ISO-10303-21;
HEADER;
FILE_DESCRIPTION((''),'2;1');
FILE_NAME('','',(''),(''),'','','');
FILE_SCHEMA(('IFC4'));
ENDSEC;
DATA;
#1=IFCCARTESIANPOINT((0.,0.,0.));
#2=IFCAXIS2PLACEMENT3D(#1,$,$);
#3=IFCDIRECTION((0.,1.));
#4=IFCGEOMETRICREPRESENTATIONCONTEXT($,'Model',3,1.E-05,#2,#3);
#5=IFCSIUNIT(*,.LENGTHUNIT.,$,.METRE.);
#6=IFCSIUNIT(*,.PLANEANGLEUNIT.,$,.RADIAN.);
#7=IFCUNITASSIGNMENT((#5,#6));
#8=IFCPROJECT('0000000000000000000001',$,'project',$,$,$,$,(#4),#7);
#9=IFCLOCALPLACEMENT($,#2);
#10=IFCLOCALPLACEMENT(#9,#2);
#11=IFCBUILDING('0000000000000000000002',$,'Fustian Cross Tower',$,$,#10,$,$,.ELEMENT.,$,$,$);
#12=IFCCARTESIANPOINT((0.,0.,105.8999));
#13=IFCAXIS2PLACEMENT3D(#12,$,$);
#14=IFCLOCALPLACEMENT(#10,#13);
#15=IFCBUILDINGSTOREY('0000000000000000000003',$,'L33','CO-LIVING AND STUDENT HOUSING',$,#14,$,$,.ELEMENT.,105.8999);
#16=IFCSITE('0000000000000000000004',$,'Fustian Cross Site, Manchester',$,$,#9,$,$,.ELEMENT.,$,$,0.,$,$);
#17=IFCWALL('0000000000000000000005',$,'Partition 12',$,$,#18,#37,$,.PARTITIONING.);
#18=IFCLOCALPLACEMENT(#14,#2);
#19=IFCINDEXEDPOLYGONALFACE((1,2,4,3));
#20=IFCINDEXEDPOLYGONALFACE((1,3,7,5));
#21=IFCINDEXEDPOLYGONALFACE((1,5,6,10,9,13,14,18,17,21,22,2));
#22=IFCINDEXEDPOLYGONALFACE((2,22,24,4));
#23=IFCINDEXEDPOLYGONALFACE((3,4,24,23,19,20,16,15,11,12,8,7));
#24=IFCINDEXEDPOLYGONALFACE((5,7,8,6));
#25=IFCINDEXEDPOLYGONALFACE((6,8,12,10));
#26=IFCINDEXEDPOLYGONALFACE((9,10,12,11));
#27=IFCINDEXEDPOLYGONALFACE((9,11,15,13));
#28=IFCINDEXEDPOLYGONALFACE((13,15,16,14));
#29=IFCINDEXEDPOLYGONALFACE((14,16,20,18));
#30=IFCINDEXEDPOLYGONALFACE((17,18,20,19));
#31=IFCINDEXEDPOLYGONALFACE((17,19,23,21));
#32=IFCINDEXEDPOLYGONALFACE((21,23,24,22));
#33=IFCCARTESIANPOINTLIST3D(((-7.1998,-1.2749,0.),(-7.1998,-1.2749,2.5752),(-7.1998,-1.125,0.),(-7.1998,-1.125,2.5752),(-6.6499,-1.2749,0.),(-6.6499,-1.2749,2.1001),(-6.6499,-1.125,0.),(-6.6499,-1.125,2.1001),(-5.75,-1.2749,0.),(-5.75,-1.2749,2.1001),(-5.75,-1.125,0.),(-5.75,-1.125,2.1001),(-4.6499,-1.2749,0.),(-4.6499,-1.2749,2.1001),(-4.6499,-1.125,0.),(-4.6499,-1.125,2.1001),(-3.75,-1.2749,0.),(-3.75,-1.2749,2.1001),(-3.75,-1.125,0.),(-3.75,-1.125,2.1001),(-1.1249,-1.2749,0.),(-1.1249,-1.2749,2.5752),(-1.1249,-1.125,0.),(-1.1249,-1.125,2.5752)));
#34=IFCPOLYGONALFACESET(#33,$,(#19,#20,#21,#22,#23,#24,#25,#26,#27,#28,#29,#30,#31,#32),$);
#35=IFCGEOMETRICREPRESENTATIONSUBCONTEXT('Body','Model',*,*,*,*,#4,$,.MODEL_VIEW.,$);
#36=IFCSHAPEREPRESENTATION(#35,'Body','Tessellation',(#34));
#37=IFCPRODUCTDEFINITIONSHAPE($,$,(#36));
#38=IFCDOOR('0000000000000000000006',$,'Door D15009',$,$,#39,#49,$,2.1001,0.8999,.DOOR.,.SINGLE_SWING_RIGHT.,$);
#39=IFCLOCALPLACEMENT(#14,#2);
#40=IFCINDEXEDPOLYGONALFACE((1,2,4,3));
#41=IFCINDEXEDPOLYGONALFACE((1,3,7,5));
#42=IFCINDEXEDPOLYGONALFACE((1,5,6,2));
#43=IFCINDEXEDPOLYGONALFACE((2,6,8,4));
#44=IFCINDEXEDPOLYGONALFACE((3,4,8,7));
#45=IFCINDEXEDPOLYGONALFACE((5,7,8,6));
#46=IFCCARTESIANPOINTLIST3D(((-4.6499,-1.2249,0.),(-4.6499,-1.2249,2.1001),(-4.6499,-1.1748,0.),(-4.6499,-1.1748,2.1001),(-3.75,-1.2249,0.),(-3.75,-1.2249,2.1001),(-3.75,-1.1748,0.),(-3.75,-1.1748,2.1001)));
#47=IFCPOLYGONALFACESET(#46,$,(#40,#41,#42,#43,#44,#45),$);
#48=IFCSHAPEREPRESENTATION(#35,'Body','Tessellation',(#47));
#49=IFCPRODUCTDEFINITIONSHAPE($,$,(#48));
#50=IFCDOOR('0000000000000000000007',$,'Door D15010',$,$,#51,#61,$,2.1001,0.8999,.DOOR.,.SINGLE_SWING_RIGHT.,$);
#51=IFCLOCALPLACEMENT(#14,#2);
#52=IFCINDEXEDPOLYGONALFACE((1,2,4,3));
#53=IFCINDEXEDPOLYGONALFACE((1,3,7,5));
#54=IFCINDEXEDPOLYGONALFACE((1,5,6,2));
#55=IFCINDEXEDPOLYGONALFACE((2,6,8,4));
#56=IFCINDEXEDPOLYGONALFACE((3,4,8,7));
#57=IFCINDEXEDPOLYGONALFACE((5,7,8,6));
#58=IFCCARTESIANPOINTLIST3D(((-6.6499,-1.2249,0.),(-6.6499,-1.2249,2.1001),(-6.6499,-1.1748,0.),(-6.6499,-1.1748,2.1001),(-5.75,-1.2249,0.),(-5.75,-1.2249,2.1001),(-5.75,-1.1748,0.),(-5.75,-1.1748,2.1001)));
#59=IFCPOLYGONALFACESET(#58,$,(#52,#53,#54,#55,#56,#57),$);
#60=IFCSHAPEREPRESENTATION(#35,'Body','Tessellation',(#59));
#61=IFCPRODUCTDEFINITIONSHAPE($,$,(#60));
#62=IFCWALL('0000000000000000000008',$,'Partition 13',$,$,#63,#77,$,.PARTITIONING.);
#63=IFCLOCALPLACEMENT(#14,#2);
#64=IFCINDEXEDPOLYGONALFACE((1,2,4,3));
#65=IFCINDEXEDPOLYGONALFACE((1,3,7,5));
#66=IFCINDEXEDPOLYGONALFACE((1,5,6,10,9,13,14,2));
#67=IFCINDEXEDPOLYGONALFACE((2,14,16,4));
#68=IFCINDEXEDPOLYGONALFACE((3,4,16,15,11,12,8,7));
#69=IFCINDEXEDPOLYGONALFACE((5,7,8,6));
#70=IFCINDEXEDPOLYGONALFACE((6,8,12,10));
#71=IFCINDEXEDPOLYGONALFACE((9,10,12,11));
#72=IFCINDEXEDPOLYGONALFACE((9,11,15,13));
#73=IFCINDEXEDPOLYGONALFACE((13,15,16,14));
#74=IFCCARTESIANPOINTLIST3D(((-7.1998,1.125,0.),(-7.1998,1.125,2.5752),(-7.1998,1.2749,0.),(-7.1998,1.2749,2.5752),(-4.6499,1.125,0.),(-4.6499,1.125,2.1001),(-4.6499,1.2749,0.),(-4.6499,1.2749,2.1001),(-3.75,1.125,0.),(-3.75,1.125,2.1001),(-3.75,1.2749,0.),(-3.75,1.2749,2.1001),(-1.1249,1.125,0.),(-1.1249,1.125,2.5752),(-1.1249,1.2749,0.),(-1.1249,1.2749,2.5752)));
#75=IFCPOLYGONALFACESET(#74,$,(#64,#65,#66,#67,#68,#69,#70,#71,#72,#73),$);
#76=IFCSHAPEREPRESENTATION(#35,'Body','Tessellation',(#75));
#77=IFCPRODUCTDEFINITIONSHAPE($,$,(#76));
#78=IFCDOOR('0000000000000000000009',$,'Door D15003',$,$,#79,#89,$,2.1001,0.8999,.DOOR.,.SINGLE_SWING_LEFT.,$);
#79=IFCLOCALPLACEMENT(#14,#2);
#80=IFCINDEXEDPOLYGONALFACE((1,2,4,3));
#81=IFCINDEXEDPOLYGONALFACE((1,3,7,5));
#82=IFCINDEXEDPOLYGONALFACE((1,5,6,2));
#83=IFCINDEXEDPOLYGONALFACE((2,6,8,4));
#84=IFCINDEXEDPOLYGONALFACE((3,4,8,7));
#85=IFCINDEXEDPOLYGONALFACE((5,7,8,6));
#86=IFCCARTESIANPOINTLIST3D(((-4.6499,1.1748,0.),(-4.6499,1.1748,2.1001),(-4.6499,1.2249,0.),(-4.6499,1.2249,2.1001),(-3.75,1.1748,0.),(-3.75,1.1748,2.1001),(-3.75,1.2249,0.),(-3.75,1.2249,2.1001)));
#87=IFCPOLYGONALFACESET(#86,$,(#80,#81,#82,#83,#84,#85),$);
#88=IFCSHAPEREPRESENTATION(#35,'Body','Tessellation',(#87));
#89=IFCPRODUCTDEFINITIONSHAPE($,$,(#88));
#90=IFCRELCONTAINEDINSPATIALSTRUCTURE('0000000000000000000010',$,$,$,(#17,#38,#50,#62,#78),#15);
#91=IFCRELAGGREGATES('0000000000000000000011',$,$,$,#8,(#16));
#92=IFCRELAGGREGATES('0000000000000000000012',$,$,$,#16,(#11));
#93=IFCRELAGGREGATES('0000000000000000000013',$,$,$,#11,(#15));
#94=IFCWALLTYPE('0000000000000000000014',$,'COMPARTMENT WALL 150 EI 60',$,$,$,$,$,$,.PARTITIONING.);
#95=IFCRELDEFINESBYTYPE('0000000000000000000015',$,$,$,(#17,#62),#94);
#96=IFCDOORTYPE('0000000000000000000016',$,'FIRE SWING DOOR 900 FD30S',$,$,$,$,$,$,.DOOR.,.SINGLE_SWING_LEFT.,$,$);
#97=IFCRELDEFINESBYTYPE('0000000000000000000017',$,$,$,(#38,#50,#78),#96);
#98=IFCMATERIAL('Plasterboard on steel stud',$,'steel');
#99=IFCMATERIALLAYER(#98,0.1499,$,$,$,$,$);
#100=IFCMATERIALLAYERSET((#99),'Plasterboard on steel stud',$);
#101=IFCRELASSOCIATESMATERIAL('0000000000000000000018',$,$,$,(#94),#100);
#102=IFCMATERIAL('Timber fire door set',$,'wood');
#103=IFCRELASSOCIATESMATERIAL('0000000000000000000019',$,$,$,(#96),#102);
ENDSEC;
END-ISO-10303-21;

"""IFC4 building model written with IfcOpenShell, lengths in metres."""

from ifc_helpers import new_model, si_unit, direction, frame, frame_2d, origin, place, context, subcontext, project, spatial, rectangle, extrude, material, layer, layer_set, type_object, element, fill, save


model = new_model("IFC4")

# Units and contexts
model_context = context("Model", 3, precision=1e-05, world=origin(), true_north=direction((0.0, 1.0)))
body_context = subcontext(model_context, "Body", "Model", "MODEL_VIEW")
ifc_project = project(units=[si_unit("LENGTHUNIT", "METRE"), si_unit("PLANEANGLEUNIT", "RADIAN")], contexts=[model_context])

# Site, building, storey
site_placement = place(None, origin())
site = spatial("IfcSite", under=ifc_project, at=site_placement, Name="Fustian Cross Site, Manchester", CompositionType="ELEMENT", RefElevation=0.0)
building_placement = place(site_placement, origin())
building = spatial("IfcBuilding", under=site, at=building_placement, Name="Fustian Cross Tower", CompositionType="ELEMENT")
storey_placement = place(building_placement, frame((0.0, 0.0, 105.8999)))
storey = spatial("IfcBuildingStorey", under=building, at=storey_placement, Name="L33", Description="CO-LIVING AND STUDENT HOUSING", CompositionType="ELEMENT", Elevation=105.8999)

# Wall, openings, doors
ifc_material_1 = material(Name="Plasterboard on steel stud", Category="steel")
ifc_layer_1 = layer(ifc_material_1, 0.1499)
ifc_layer_set_1 = layer_set([ifc_layer_1], Name="Plasterboard on steel stud")
wall_type_1 = type_object("IfcWallType", Name="COMPARTMENT WALL 150 EI 60", PredefinedType="PARTITIONING", material=ifc_layer_set_1)
wall_1_placement = place(storey_placement, frame((-7.2, -1.2, 0.0), z_axis=(0.0, 0.0, 1.0), x_axis=(1.0, 0.0, 0.0)))
wall_1 = element("IfcWall", 1, at=wall_1_placement, inside=storey, type_object=wall_type_1, Name="Partition 12", PredefinedType="PARTITIONING", context=body_context, shape_type="SweptSolid", body=[
    extrude(rectangle(XDim=6.075, YDim=0.1499, at=frame_2d((3.0376, 0.0))), origin(), (0.0, 0.0, 1.0), 2.5752),
])
opening_1_placement = place(wall_1_placement, frame((2.55, 0.0, 0.0)))
opening_1 = element("IfcOpeningElement", 2, at=opening_1_placement, cuts=wall_1, PredefinedType="OPENING", context=body_context, shape_type="SweptSolid", body=[
    extrude(rectangle(XDim=0.8999, YDim=2.1001, at=frame_2d((0.45, 1.05))), frame((0.0, 0.085, 0.0), z_axis=(0.0, -1.0, 0.0), x_axis=(1.0, 0.0, 0.0)), (0.0, 0.0, 1.0), 0.1699),
])
opening_2_placement = place(wall_1_placement, frame((0.55, 0.0, 0.0)))
opening_2 = element("IfcOpeningElement", 3, at=opening_2_placement, cuts=wall_1, PredefinedType="OPENING", context=body_context, shape_type="SweptSolid", body=[
    extrude(rectangle(XDim=0.8999, YDim=2.1001, at=frame_2d((0.45, 1.05))), frame((0.0, 0.085, 0.0), z_axis=(0.0, -1.0, 0.0), x_axis=(1.0, 0.0, 0.0)), (0.0, 0.0, 1.0), 0.1699),
])
ifc_material_2 = material(Name="Timber fire door set", Category="wood")
door_type_1 = type_object("IfcDoorType", Name="FIRE SWING DOOR 900 FD30S", OperationType="SINGLE_SWING_LEFT", PredefinedType="DOOR", material=ifc_material_2)
door_1_placement = place(opening_1_placement, frame((0.8999, 0.0, 0.0), z_axis=(0.0, 0.0, 1.0), x_axis=(-1.0, 0.0, 0.0)))
door_1 = element("IfcDoor", 4, at=door_1_placement, inside=storey, type_object=door_type_1, Name="Door D15009", OperationType="SINGLE_SWING_RIGHT", OverallHeight=2.1001, OverallWidth=0.8999, PredefinedType="DOOR", context=body_context, shape_type="SweptSolid", body=[
    extrude(rectangle(XDim=0.8999, YDim=2.1001, at=frame_2d((0.45, 1.05))), frame((0.0, 0.0249, 0.0), z_axis=(0.0, -1.0, 0.0), x_axis=(1.0, 0.0, 0.0)), (0.0, 0.0, 1.0), 0.05),
])
fill(opening_1, door_1)
door_2_placement = place(opening_2_placement, frame((0.8999, 0.0, 0.0), z_axis=(0.0, 0.0, 1.0), x_axis=(-1.0, 0.0, 0.0)))
door_2 = element("IfcDoor", 5, at=door_2_placement, inside=storey, type_object=door_type_1, Name="Door D15010", OperationType="SINGLE_SWING_RIGHT", OverallHeight=2.1001, OverallWidth=0.8999, PredefinedType="DOOR", context=body_context, shape_type="SweptSolid", body=[
    extrude(rectangle(XDim=0.8999, YDim=2.1001, at=frame_2d((0.45, 1.05))), frame((0.0, 0.0249, 0.0), z_axis=(0.0, -1.0, 0.0), x_axis=(1.0, 0.0, 0.0)), (0.0, 0.0, 1.0), 0.05),
])
fill(opening_2, door_2)

# Wall, opening, door
wall_2_placement = place(storey_placement, frame((-7.2, 1.2, 0.0), z_axis=(0.0, 0.0, 1.0), x_axis=(1.0, 0.0, 0.0)))
wall_2 = element("IfcWall", 6, at=wall_2_placement, inside=storey, type_object=wall_type_1, Name="Partition 13", PredefinedType="PARTITIONING", context=body_context, shape_type="SweptSolid", body=[
    extrude(rectangle(XDim=6.075, YDim=0.1499, at=frame_2d((3.0376, 0.0))), origin(), (0.0, 0.0, 1.0), 2.5752),
])
opening_3_placement = place(wall_2_placement, frame((2.55, 0.0, 0.0)))
opening_3 = element("IfcOpeningElement", 7, at=opening_3_placement, cuts=wall_2, PredefinedType="OPENING", context=body_context, shape_type="SweptSolid", body=[
    extrude(rectangle(XDim=0.8999, YDim=2.1001, at=frame_2d((0.45, 1.05))), frame((0.0, 0.085, 0.0), z_axis=(0.0, -1.0, 0.0), x_axis=(1.0, 0.0, 0.0)), (0.0, 0.0, 1.0), 0.1699),
])
door_3_placement = place(opening_3_placement, origin())
door_3 = element("IfcDoor", 8, at=door_3_placement, inside=storey, type_object=door_type_1, Name="Door D15003", OperationType="SINGLE_SWING_LEFT", OverallHeight=2.1001, OverallWidth=0.8999, PredefinedType="DOOR", context=body_context, shape_type="SweptSolid", body=[
    extrude(rectangle(XDim=0.8999, YDim=2.1001, at=frame_2d((0.45, 1.05))), frame((0.0, 0.0249, 0.0), z_axis=(0.0, -1.0, 0.0), x_axis=(1.0, 0.0, 0.0)), (0.0, 0.0, 1.0), 0.05),
])
fill(opening_3, door_3)

save(model, "model.ifc")
